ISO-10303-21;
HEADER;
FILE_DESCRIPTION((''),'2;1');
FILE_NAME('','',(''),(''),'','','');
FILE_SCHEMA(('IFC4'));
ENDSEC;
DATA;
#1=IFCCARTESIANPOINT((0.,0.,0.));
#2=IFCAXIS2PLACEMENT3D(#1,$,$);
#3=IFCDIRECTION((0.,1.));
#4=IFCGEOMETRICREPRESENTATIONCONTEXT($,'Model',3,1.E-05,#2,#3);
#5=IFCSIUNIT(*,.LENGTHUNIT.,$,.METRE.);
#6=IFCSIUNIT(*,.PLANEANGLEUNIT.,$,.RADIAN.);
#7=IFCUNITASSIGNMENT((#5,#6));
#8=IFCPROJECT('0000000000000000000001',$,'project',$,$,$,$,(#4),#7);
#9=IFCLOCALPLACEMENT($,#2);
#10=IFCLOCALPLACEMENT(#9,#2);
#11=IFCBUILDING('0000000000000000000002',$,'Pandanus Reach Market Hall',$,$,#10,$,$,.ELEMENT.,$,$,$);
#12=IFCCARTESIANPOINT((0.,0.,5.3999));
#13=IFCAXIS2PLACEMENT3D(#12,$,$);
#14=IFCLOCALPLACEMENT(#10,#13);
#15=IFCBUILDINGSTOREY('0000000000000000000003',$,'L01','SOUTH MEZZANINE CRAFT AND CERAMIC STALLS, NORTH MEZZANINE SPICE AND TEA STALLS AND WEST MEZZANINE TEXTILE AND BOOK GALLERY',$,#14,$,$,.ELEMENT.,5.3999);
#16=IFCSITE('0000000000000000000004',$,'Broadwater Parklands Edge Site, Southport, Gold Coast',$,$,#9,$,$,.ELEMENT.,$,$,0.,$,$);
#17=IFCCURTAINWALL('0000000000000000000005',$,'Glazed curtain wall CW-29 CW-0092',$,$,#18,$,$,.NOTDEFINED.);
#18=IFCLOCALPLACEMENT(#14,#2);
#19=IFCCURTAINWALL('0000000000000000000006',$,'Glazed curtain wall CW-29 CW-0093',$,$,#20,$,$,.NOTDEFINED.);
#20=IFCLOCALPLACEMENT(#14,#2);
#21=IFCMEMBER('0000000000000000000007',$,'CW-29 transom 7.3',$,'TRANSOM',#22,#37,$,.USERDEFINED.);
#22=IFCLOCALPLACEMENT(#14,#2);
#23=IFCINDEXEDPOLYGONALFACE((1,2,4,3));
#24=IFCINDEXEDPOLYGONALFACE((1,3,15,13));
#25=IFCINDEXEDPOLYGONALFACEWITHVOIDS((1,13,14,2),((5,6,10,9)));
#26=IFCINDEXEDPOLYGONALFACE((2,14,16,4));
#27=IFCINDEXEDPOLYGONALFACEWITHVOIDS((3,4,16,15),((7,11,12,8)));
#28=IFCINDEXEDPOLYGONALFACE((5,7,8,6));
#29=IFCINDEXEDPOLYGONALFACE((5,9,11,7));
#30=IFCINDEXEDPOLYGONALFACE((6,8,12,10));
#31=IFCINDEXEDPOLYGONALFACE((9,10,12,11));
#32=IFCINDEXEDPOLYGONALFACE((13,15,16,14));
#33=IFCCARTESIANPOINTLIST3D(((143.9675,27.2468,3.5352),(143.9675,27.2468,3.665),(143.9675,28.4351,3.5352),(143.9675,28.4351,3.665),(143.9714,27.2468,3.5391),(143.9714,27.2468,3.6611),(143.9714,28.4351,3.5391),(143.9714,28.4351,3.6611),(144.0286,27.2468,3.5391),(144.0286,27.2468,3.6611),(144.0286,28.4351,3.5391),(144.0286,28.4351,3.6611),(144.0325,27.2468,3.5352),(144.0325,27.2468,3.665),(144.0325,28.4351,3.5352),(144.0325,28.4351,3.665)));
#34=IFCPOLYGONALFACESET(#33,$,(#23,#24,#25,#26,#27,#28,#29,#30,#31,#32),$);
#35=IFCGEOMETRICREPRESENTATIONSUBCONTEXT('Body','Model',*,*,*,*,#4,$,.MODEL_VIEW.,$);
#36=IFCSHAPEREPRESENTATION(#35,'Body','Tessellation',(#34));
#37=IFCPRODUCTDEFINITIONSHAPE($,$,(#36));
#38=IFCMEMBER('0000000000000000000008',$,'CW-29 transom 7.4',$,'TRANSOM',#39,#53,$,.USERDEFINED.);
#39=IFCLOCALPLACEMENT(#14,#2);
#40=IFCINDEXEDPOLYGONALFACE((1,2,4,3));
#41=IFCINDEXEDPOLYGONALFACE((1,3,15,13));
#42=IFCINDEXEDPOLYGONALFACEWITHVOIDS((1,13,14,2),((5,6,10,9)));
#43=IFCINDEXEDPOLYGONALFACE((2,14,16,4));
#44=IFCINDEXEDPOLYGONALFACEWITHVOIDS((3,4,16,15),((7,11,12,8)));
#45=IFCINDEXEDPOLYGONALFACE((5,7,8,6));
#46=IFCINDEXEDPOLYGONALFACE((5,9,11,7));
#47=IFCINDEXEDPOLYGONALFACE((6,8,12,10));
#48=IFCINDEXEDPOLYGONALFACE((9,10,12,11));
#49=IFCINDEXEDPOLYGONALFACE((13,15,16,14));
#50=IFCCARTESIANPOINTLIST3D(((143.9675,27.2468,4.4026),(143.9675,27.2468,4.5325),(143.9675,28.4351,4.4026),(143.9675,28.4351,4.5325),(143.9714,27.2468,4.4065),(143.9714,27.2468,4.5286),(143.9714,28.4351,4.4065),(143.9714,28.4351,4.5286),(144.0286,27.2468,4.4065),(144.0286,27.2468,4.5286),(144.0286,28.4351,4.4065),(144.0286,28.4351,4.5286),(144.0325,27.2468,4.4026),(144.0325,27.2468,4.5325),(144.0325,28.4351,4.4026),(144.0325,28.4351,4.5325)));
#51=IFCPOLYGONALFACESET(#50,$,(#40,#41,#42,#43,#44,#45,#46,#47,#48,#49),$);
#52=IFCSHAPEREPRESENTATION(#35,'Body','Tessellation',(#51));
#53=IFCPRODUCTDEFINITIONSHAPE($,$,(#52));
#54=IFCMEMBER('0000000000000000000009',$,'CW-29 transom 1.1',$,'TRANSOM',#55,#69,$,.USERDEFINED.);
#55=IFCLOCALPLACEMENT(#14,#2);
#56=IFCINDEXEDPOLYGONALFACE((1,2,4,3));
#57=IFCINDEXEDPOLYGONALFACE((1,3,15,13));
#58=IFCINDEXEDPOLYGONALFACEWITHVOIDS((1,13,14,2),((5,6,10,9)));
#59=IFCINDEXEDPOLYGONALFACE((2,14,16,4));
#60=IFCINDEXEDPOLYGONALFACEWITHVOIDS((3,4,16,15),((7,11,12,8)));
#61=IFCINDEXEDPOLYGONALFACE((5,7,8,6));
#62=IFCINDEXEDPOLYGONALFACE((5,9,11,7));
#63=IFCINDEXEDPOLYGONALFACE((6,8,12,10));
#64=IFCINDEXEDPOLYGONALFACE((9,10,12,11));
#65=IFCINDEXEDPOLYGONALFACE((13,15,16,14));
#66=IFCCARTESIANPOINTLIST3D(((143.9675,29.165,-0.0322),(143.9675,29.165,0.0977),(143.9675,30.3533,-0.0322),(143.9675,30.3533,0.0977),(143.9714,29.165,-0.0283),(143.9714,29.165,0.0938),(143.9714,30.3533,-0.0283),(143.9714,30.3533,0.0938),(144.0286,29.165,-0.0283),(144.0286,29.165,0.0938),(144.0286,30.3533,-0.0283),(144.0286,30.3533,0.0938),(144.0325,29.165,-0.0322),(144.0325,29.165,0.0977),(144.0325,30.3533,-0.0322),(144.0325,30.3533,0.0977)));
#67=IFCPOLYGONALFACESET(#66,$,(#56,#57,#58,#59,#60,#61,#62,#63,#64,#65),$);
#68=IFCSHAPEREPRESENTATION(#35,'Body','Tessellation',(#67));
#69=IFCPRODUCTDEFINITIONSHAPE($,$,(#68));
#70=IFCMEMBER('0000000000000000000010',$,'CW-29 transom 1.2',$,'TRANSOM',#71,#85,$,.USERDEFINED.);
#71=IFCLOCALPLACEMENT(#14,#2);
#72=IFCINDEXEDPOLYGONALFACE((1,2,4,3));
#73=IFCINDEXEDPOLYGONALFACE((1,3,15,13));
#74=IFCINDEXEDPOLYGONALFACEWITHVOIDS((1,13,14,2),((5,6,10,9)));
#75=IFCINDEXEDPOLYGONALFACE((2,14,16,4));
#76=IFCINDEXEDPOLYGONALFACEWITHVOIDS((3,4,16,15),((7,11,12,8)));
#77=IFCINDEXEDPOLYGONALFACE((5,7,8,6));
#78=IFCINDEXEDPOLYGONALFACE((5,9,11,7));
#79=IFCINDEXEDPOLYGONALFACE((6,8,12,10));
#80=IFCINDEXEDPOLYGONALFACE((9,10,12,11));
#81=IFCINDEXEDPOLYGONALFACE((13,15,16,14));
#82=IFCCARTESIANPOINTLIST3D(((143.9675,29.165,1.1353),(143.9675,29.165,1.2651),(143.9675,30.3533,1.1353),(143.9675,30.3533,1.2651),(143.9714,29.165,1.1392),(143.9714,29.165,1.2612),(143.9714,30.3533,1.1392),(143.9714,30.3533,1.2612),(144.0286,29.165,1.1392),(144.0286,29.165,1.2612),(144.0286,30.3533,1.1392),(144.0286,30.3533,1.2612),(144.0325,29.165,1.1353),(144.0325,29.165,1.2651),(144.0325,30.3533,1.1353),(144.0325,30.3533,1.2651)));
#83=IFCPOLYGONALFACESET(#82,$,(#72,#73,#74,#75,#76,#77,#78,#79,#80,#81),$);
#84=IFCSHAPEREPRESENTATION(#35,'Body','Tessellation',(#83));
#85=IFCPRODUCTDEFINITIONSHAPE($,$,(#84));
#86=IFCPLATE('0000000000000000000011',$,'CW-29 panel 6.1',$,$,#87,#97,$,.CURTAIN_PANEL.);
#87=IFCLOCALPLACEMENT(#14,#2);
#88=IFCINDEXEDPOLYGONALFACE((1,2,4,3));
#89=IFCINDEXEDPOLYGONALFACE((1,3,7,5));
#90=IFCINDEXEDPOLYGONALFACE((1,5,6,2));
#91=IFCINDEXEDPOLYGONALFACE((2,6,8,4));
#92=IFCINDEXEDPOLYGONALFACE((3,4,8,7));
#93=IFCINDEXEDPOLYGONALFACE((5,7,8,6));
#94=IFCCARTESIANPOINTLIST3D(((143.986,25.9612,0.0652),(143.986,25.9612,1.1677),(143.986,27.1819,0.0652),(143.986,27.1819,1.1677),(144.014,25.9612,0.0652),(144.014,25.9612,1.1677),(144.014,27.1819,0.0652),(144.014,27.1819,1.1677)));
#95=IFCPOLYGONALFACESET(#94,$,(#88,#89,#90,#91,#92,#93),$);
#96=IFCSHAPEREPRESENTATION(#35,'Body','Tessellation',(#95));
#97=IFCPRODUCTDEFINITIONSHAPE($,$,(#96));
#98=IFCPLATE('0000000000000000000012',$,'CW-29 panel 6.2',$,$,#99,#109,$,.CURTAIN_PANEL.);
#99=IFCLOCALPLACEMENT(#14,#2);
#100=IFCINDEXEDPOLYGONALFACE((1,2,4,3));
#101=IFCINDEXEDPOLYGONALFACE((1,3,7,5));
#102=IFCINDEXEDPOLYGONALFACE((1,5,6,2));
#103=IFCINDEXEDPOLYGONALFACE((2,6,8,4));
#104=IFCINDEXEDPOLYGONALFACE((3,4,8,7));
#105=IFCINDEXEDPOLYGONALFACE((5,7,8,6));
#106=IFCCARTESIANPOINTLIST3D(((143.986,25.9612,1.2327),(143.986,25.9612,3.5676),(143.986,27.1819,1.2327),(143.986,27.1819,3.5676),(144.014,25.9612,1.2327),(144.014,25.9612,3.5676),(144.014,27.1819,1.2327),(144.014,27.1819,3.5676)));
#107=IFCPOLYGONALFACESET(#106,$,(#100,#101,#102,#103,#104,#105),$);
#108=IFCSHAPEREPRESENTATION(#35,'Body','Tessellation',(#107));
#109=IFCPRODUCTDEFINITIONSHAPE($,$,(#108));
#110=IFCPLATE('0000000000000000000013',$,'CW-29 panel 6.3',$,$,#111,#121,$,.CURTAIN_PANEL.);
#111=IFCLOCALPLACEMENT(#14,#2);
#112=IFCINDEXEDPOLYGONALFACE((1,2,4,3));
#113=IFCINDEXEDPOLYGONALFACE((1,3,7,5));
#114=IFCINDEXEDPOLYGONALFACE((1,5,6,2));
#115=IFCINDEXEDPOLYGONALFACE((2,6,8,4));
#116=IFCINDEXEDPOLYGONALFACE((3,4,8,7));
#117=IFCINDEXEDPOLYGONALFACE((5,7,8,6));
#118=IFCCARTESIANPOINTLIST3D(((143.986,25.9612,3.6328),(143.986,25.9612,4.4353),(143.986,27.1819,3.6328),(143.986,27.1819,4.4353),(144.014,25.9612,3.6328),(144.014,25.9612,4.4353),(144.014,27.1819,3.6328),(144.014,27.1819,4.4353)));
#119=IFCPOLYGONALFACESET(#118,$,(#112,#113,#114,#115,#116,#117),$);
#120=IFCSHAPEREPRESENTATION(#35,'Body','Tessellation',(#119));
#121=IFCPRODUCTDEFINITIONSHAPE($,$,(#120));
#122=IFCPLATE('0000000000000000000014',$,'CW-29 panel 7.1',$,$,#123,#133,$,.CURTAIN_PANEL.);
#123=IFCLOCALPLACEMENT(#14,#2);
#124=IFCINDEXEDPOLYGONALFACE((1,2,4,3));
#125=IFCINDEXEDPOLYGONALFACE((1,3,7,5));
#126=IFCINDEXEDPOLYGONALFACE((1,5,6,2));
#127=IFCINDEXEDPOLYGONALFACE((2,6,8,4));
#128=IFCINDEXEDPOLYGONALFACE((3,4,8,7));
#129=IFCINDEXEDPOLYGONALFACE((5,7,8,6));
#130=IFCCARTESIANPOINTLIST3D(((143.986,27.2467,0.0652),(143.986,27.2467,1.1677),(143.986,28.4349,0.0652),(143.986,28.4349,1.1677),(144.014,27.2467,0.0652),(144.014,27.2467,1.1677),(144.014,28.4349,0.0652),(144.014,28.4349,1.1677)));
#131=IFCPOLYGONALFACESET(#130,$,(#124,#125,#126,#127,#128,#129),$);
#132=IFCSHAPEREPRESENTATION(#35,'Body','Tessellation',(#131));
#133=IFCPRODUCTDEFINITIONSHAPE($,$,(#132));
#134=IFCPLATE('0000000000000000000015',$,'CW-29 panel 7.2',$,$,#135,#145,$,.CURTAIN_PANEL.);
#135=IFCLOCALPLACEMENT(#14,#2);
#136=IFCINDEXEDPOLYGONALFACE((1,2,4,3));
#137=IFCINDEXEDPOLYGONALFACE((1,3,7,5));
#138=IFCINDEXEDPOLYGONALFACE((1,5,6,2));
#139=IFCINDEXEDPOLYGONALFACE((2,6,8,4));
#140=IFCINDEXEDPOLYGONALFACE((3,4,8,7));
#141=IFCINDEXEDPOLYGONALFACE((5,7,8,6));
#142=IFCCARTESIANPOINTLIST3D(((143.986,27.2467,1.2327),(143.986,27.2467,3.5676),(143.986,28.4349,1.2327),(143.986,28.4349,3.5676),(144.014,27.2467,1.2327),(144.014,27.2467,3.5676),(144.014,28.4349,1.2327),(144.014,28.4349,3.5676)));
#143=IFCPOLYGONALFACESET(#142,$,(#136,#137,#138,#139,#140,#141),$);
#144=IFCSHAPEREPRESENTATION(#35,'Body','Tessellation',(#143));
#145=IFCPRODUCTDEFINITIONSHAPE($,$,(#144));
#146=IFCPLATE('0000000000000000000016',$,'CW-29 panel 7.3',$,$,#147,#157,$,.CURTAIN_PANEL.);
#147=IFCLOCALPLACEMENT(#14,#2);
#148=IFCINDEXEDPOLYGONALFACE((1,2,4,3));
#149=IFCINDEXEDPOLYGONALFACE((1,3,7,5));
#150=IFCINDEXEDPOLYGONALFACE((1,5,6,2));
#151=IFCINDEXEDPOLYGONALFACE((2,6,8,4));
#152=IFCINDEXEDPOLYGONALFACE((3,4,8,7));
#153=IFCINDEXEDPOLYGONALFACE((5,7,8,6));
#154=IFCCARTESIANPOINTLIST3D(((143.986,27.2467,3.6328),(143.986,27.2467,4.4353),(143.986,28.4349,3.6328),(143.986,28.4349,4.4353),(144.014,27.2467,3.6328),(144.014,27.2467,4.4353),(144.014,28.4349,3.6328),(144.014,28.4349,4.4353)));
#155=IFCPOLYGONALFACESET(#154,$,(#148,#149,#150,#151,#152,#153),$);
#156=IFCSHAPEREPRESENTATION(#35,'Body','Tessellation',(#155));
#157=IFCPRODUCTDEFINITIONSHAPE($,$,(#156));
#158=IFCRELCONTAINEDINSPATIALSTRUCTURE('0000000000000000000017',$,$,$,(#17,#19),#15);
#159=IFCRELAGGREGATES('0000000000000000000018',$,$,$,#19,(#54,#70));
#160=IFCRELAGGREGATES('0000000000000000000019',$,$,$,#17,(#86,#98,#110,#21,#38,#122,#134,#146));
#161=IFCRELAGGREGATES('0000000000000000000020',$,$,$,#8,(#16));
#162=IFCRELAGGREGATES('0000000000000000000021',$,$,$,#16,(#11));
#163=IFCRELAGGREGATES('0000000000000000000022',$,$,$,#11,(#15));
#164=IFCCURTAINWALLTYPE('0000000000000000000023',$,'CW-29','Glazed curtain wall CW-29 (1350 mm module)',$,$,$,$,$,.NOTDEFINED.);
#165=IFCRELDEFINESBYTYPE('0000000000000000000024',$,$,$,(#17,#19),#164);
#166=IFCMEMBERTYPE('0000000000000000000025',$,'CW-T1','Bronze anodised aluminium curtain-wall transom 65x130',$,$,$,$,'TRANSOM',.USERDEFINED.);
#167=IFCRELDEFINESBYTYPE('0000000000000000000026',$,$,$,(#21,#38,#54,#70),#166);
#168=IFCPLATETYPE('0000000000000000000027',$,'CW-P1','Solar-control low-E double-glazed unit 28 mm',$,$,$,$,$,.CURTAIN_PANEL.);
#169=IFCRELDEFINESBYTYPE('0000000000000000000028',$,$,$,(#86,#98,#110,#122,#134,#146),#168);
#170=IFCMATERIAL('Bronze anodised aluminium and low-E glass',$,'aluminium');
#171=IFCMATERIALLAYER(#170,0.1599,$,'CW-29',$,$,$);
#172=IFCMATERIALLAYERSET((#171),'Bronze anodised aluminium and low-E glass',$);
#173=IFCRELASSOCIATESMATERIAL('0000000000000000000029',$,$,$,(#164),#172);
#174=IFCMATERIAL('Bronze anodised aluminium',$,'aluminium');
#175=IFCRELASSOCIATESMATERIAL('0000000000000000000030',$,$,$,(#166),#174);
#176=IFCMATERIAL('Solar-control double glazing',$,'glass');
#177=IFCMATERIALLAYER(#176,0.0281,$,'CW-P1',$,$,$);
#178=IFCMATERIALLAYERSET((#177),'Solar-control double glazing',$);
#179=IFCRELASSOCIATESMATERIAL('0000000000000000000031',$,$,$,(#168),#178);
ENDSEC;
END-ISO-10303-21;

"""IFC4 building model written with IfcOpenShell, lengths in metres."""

from ifc_helpers import new_model, si_unit, direction, frame, origin, origin_2d, place, context, subcontext, project, spatial, rectangle, hollow_rectangle, extrude, material, layer, layer_set, material_profile, profile_set, type_object, element, aggregate, save


model = new_model("IFC4")

# Units and contexts
model_context = context("Model", 3, precision=1e-05, world=origin(), true_north=direction((0.0, 1.0)))
body_context = subcontext(model_context, "Body", "Model", "MODEL_VIEW")
ifc_project = project(units=[si_unit("LENGTHUNIT", "METRE"), si_unit("PLANEANGLEUNIT", "RADIAN")], contexts=[model_context])

# Site, building, storey
site_placement = place(None, origin())
site = spatial("IfcSite", under=ifc_project, at=site_placement, Name="Broadwater Parklands Edge Site, Southport, Gold Coast", CompositionType="ELEMENT", RefElevation=0.0)
building_placement = place(site_placement, origin())
building = spatial("IfcBuilding", under=site, at=building_placement, Name="Pandanus Reach Market Hall", CompositionType="ELEMENT")
storey_placement = place(building_placement, frame((0.0, 0.0, 5.3999)))
storey = spatial("IfcBuildingStorey", under=building, at=storey_placement, Name="L01", Description="SOUTH MEZZANINE CRAFT AND CERAMIC STALLS, NORTH MEZZANINE SPICE AND TEA STALLS AND WEST MEZZANINE TEXTILE AND BOOK GALLERY", CompositionType="ELEMENT", Elevation=5.3999)

# Curtain wall
ifc_material_1 = material(Name="Bronze anodised aluminium and low-E glass", Category="aluminium")
ifc_layer_1 = layer(ifc_material_1, 0.1599, Name="CW-29")
ifc_layer_set_1 = layer_set([ifc_layer_1], Name="Bronze anodised aluminium and low-E glass")
curtain_wall_type = type_object("IfcCurtainWallType", Name="CW-29", Description="Glazed curtain wall CW-29 (1350 mm module)", PredefinedType="NOTDEFINED", material=ifc_layer_set_1)
curtain_wall_1_placement = place(storey_placement, origin())
curtain_wall_1 = element("IfcCurtainWall", 1, at=curtain_wall_1_placement, inside=storey, type_object=curtain_wall_type, Name="Glazed curtain wall CW-29 CW-0092", PredefinedType="NOTDEFINED")
ifc_material_2 = material(Name="Bronze anodised aluminium", Category="aluminium")

# Curtain wall
curtain_wall_2_placement = place(storey_placement, origin())
curtain_wall_2 = element("IfcCurtainWall", 2, at=curtain_wall_2_placement, inside=storey, type_object=curtain_wall_type, Name="Glazed curtain wall CW-29 CW-0093", PredefinedType="NOTDEFINED")

# Members
ifc_material_profile_1 = material_profile(ifc_material_2, hollow_rectangle(XDim=0.0649, YDim=0.1299, WallThickness=0.0039, at=origin_2d()), Name="ALU65x130", Category="LoadBearing")
ifc_profile_set_1 = profile_set([ifc_material_profile_1], Name="Bronze anodised aluminium")
member_type_1 = type_object("IfcMemberType", Name="CW-T1", Description="Bronze anodised aluminium curtain-wall transom 65x130", ElementType="TRANSOM", PredefinedType="USERDEFINED", material=ifc_profile_set_1)
member_1_placement = place(storey_placement, frame((144.0, 27.2468, 3.6001), z_axis=(0.0, 1.0, 0.0), x_axis=(-1.0, 0.0, 0.0)))
member_1 = element("IfcMember", 3, at=member_1_placement, type_object=member_type_1, Name="CW-29 transom 7.3", ObjectType="TRANSOM", PredefinedType="USERDEFINED", context=body_context, shape_type="SweptSolid", body=[
    extrude(hollow_rectangle(XDim=0.0649, YDim=0.1299, WallThickness=0.0039, at=origin_2d()), origin(), (0.0, 0.0, 1.0), 1.1882),
])
member_2_placement = place(storey_placement, frame((144.0, 27.2468, 4.4675), z_axis=(0.0, 1.0, 0.0), x_axis=(-1.0, 0.0, 0.0)))
member_2 = element("IfcMember", 4, at=member_2_placement, type_object=member_type_1, Name="CW-29 transom 7.4", ObjectType="TRANSOM", PredefinedType="USERDEFINED", context=body_context, shape_type="SweptSolid", body=[
    extrude(hollow_rectangle(XDim=0.0649, YDim=0.1299, WallThickness=0.0039, at=origin_2d()), origin(), (0.0, 0.0, 1.0), 1.1882),
])
member_3_placement = place(storey_placement, frame((144.0, 29.165, 0.0327), z_axis=(0.0, 1.0, 0.0), x_axis=(-1.0, 0.0, 0.0)))
member_3 = element("IfcMember", 5, at=member_3_placement, type_object=member_type_1, Name="CW-29 transom 1.1", ObjectType="TRANSOM", PredefinedType="USERDEFINED", context=body_context, shape_type="SweptSolid", body=[
    extrude(hollow_rectangle(XDim=0.0649, YDim=0.1299, WallThickness=0.0039, at=origin_2d()), origin(), (0.0, 0.0, 1.0), 1.1882),
])
member_4_placement = place(storey_placement, frame((144.0, 29.165, 1.2002), z_axis=(0.0, 1.0, 0.0), x_axis=(-1.0, 0.0, 0.0)))
member_4 = element("IfcMember", 6, at=member_4_placement, type_object=member_type_1, Name="CW-29 transom 1.2", ObjectType="TRANSOM", PredefinedType="USERDEFINED", context=body_context, shape_type="SweptSolid", body=[
    extrude(hollow_rectangle(XDim=0.0649, YDim=0.1299, WallThickness=0.0039, at=origin_2d()), origin(), (0.0, 0.0, 1.0), 1.1882),
])
aggregate(curtain_wall_2, [member_3, member_4])

# Plates
ifc_material_3 = material(Name="Solar-control double glazing", Category="glass")
ifc_layer_2 = layer(ifc_material_3, 0.0281, Name="CW-P1")
ifc_layer_set_2 = layer_set([ifc_layer_2], Name="Solar-control double glazing")
plate_type = type_object("IfcPlateType", Name="CW-P1", Description="Solar-control low-E double-glazed unit 28 mm", PredefinedType="CURTAIN_PANEL", material=ifc_layer_set_2)
plate_1_placement = place(storey_placement, frame((144.0, 26.5715, 0.0652), z_axis=(0.0, 0.0, 1.0), x_axis=(0.0, 1.0, 0.0)))
plate_1 = element("IfcPlate", 7, at=plate_1_placement, type_object=plate_type, Name="CW-29 panel 6.1", PredefinedType="CURTAIN_PANEL", context=body_context, shape_type="SweptSolid", body=[
    extrude(rectangle(XDim=1.2207, YDim=0.0281, at=origin_2d()), origin(), (0.0, 0.0, 1.0), 1.1025),
])
plate_2_placement = place(storey_placement, frame((144.0, 26.5715, 1.2327), z_axis=(0.0, 0.0, 1.0), x_axis=(0.0, 1.0, 0.0)))
plate_2 = element("IfcPlate", 8, at=plate_2_placement, type_object=plate_type, Name="CW-29 panel 6.2", PredefinedType="CURTAIN_PANEL", context=body_context, shape_type="SweptSolid", body=[
    extrude(rectangle(XDim=1.2207, YDim=0.0281, at=origin_2d()), origin(), (0.0, 0.0, 1.0), 2.335),
])
plate_3_placement = place(storey_placement, frame((144.0, 26.5715, 3.6328), z_axis=(0.0, 0.0, 1.0), x_axis=(0.0, 1.0, 0.0)))
plate_3 = element("IfcPlate", 9, at=plate_3_placement, type_object=plate_type, Name="CW-29 panel 6.3", PredefinedType="CURTAIN_PANEL", context=body_context, shape_type="SweptSolid", body=[
    extrude(rectangle(XDim=1.2207, YDim=0.0281, at=origin_2d()), origin(), (0.0, 0.0, 1.0), 0.8025),
])
plate_4_placement = place(storey_placement, frame((144.0, 27.8408, 0.0652), z_axis=(0.0, 0.0, 1.0), x_axis=(0.0, 1.0, 0.0)))
plate_4 = element("IfcPlate", 10, at=plate_4_placement, type_object=plate_type, Name="CW-29 panel 7.1", PredefinedType="CURTAIN_PANEL", context=body_context, shape_type="SweptSolid", body=[
    extrude(rectangle(XDim=1.1882, YDim=0.0281, at=origin_2d()), origin(), (0.0, 0.0, 1.0), 1.1025),
])
plate_5_placement = place(storey_placement, frame((144.0, 27.8408, 1.2327), z_axis=(0.0, 0.0, 1.0), x_axis=(0.0, 1.0, 0.0)))
plate_5 = element("IfcPlate", 11, at=plate_5_placement, type_object=plate_type, Name="CW-29 panel 7.2", PredefinedType="CURTAIN_PANEL", context=body_context, shape_type="SweptSolid", body=[
    extrude(rectangle(XDim=1.1882, YDim=0.0281, at=origin_2d()), origin(), (0.0, 0.0, 1.0), 2.335),
])
plate_6_placement = place(storey_placement, frame((144.0, 27.8408, 3.6328), z_axis=(0.0, 0.0, 1.0), x_axis=(0.0, 1.0, 0.0)))
plate_6 = element("IfcPlate", 12, at=plate_6_placement, type_object=plate_type, Name="CW-29 panel 7.3", PredefinedType="CURTAIN_PANEL", context=body_context, shape_type="SweptSolid", body=[
    extrude(rectangle(XDim=1.1882, YDim=0.0281, at=origin_2d()), origin(), (0.0, 0.0, 1.0), 0.8025),
])
aggregate(curtain_wall_1, [plate_1, plate_2, plate_3, member_1, member_2, plate_4, plate_5, plate_6])

save(model, "model.ifc")
